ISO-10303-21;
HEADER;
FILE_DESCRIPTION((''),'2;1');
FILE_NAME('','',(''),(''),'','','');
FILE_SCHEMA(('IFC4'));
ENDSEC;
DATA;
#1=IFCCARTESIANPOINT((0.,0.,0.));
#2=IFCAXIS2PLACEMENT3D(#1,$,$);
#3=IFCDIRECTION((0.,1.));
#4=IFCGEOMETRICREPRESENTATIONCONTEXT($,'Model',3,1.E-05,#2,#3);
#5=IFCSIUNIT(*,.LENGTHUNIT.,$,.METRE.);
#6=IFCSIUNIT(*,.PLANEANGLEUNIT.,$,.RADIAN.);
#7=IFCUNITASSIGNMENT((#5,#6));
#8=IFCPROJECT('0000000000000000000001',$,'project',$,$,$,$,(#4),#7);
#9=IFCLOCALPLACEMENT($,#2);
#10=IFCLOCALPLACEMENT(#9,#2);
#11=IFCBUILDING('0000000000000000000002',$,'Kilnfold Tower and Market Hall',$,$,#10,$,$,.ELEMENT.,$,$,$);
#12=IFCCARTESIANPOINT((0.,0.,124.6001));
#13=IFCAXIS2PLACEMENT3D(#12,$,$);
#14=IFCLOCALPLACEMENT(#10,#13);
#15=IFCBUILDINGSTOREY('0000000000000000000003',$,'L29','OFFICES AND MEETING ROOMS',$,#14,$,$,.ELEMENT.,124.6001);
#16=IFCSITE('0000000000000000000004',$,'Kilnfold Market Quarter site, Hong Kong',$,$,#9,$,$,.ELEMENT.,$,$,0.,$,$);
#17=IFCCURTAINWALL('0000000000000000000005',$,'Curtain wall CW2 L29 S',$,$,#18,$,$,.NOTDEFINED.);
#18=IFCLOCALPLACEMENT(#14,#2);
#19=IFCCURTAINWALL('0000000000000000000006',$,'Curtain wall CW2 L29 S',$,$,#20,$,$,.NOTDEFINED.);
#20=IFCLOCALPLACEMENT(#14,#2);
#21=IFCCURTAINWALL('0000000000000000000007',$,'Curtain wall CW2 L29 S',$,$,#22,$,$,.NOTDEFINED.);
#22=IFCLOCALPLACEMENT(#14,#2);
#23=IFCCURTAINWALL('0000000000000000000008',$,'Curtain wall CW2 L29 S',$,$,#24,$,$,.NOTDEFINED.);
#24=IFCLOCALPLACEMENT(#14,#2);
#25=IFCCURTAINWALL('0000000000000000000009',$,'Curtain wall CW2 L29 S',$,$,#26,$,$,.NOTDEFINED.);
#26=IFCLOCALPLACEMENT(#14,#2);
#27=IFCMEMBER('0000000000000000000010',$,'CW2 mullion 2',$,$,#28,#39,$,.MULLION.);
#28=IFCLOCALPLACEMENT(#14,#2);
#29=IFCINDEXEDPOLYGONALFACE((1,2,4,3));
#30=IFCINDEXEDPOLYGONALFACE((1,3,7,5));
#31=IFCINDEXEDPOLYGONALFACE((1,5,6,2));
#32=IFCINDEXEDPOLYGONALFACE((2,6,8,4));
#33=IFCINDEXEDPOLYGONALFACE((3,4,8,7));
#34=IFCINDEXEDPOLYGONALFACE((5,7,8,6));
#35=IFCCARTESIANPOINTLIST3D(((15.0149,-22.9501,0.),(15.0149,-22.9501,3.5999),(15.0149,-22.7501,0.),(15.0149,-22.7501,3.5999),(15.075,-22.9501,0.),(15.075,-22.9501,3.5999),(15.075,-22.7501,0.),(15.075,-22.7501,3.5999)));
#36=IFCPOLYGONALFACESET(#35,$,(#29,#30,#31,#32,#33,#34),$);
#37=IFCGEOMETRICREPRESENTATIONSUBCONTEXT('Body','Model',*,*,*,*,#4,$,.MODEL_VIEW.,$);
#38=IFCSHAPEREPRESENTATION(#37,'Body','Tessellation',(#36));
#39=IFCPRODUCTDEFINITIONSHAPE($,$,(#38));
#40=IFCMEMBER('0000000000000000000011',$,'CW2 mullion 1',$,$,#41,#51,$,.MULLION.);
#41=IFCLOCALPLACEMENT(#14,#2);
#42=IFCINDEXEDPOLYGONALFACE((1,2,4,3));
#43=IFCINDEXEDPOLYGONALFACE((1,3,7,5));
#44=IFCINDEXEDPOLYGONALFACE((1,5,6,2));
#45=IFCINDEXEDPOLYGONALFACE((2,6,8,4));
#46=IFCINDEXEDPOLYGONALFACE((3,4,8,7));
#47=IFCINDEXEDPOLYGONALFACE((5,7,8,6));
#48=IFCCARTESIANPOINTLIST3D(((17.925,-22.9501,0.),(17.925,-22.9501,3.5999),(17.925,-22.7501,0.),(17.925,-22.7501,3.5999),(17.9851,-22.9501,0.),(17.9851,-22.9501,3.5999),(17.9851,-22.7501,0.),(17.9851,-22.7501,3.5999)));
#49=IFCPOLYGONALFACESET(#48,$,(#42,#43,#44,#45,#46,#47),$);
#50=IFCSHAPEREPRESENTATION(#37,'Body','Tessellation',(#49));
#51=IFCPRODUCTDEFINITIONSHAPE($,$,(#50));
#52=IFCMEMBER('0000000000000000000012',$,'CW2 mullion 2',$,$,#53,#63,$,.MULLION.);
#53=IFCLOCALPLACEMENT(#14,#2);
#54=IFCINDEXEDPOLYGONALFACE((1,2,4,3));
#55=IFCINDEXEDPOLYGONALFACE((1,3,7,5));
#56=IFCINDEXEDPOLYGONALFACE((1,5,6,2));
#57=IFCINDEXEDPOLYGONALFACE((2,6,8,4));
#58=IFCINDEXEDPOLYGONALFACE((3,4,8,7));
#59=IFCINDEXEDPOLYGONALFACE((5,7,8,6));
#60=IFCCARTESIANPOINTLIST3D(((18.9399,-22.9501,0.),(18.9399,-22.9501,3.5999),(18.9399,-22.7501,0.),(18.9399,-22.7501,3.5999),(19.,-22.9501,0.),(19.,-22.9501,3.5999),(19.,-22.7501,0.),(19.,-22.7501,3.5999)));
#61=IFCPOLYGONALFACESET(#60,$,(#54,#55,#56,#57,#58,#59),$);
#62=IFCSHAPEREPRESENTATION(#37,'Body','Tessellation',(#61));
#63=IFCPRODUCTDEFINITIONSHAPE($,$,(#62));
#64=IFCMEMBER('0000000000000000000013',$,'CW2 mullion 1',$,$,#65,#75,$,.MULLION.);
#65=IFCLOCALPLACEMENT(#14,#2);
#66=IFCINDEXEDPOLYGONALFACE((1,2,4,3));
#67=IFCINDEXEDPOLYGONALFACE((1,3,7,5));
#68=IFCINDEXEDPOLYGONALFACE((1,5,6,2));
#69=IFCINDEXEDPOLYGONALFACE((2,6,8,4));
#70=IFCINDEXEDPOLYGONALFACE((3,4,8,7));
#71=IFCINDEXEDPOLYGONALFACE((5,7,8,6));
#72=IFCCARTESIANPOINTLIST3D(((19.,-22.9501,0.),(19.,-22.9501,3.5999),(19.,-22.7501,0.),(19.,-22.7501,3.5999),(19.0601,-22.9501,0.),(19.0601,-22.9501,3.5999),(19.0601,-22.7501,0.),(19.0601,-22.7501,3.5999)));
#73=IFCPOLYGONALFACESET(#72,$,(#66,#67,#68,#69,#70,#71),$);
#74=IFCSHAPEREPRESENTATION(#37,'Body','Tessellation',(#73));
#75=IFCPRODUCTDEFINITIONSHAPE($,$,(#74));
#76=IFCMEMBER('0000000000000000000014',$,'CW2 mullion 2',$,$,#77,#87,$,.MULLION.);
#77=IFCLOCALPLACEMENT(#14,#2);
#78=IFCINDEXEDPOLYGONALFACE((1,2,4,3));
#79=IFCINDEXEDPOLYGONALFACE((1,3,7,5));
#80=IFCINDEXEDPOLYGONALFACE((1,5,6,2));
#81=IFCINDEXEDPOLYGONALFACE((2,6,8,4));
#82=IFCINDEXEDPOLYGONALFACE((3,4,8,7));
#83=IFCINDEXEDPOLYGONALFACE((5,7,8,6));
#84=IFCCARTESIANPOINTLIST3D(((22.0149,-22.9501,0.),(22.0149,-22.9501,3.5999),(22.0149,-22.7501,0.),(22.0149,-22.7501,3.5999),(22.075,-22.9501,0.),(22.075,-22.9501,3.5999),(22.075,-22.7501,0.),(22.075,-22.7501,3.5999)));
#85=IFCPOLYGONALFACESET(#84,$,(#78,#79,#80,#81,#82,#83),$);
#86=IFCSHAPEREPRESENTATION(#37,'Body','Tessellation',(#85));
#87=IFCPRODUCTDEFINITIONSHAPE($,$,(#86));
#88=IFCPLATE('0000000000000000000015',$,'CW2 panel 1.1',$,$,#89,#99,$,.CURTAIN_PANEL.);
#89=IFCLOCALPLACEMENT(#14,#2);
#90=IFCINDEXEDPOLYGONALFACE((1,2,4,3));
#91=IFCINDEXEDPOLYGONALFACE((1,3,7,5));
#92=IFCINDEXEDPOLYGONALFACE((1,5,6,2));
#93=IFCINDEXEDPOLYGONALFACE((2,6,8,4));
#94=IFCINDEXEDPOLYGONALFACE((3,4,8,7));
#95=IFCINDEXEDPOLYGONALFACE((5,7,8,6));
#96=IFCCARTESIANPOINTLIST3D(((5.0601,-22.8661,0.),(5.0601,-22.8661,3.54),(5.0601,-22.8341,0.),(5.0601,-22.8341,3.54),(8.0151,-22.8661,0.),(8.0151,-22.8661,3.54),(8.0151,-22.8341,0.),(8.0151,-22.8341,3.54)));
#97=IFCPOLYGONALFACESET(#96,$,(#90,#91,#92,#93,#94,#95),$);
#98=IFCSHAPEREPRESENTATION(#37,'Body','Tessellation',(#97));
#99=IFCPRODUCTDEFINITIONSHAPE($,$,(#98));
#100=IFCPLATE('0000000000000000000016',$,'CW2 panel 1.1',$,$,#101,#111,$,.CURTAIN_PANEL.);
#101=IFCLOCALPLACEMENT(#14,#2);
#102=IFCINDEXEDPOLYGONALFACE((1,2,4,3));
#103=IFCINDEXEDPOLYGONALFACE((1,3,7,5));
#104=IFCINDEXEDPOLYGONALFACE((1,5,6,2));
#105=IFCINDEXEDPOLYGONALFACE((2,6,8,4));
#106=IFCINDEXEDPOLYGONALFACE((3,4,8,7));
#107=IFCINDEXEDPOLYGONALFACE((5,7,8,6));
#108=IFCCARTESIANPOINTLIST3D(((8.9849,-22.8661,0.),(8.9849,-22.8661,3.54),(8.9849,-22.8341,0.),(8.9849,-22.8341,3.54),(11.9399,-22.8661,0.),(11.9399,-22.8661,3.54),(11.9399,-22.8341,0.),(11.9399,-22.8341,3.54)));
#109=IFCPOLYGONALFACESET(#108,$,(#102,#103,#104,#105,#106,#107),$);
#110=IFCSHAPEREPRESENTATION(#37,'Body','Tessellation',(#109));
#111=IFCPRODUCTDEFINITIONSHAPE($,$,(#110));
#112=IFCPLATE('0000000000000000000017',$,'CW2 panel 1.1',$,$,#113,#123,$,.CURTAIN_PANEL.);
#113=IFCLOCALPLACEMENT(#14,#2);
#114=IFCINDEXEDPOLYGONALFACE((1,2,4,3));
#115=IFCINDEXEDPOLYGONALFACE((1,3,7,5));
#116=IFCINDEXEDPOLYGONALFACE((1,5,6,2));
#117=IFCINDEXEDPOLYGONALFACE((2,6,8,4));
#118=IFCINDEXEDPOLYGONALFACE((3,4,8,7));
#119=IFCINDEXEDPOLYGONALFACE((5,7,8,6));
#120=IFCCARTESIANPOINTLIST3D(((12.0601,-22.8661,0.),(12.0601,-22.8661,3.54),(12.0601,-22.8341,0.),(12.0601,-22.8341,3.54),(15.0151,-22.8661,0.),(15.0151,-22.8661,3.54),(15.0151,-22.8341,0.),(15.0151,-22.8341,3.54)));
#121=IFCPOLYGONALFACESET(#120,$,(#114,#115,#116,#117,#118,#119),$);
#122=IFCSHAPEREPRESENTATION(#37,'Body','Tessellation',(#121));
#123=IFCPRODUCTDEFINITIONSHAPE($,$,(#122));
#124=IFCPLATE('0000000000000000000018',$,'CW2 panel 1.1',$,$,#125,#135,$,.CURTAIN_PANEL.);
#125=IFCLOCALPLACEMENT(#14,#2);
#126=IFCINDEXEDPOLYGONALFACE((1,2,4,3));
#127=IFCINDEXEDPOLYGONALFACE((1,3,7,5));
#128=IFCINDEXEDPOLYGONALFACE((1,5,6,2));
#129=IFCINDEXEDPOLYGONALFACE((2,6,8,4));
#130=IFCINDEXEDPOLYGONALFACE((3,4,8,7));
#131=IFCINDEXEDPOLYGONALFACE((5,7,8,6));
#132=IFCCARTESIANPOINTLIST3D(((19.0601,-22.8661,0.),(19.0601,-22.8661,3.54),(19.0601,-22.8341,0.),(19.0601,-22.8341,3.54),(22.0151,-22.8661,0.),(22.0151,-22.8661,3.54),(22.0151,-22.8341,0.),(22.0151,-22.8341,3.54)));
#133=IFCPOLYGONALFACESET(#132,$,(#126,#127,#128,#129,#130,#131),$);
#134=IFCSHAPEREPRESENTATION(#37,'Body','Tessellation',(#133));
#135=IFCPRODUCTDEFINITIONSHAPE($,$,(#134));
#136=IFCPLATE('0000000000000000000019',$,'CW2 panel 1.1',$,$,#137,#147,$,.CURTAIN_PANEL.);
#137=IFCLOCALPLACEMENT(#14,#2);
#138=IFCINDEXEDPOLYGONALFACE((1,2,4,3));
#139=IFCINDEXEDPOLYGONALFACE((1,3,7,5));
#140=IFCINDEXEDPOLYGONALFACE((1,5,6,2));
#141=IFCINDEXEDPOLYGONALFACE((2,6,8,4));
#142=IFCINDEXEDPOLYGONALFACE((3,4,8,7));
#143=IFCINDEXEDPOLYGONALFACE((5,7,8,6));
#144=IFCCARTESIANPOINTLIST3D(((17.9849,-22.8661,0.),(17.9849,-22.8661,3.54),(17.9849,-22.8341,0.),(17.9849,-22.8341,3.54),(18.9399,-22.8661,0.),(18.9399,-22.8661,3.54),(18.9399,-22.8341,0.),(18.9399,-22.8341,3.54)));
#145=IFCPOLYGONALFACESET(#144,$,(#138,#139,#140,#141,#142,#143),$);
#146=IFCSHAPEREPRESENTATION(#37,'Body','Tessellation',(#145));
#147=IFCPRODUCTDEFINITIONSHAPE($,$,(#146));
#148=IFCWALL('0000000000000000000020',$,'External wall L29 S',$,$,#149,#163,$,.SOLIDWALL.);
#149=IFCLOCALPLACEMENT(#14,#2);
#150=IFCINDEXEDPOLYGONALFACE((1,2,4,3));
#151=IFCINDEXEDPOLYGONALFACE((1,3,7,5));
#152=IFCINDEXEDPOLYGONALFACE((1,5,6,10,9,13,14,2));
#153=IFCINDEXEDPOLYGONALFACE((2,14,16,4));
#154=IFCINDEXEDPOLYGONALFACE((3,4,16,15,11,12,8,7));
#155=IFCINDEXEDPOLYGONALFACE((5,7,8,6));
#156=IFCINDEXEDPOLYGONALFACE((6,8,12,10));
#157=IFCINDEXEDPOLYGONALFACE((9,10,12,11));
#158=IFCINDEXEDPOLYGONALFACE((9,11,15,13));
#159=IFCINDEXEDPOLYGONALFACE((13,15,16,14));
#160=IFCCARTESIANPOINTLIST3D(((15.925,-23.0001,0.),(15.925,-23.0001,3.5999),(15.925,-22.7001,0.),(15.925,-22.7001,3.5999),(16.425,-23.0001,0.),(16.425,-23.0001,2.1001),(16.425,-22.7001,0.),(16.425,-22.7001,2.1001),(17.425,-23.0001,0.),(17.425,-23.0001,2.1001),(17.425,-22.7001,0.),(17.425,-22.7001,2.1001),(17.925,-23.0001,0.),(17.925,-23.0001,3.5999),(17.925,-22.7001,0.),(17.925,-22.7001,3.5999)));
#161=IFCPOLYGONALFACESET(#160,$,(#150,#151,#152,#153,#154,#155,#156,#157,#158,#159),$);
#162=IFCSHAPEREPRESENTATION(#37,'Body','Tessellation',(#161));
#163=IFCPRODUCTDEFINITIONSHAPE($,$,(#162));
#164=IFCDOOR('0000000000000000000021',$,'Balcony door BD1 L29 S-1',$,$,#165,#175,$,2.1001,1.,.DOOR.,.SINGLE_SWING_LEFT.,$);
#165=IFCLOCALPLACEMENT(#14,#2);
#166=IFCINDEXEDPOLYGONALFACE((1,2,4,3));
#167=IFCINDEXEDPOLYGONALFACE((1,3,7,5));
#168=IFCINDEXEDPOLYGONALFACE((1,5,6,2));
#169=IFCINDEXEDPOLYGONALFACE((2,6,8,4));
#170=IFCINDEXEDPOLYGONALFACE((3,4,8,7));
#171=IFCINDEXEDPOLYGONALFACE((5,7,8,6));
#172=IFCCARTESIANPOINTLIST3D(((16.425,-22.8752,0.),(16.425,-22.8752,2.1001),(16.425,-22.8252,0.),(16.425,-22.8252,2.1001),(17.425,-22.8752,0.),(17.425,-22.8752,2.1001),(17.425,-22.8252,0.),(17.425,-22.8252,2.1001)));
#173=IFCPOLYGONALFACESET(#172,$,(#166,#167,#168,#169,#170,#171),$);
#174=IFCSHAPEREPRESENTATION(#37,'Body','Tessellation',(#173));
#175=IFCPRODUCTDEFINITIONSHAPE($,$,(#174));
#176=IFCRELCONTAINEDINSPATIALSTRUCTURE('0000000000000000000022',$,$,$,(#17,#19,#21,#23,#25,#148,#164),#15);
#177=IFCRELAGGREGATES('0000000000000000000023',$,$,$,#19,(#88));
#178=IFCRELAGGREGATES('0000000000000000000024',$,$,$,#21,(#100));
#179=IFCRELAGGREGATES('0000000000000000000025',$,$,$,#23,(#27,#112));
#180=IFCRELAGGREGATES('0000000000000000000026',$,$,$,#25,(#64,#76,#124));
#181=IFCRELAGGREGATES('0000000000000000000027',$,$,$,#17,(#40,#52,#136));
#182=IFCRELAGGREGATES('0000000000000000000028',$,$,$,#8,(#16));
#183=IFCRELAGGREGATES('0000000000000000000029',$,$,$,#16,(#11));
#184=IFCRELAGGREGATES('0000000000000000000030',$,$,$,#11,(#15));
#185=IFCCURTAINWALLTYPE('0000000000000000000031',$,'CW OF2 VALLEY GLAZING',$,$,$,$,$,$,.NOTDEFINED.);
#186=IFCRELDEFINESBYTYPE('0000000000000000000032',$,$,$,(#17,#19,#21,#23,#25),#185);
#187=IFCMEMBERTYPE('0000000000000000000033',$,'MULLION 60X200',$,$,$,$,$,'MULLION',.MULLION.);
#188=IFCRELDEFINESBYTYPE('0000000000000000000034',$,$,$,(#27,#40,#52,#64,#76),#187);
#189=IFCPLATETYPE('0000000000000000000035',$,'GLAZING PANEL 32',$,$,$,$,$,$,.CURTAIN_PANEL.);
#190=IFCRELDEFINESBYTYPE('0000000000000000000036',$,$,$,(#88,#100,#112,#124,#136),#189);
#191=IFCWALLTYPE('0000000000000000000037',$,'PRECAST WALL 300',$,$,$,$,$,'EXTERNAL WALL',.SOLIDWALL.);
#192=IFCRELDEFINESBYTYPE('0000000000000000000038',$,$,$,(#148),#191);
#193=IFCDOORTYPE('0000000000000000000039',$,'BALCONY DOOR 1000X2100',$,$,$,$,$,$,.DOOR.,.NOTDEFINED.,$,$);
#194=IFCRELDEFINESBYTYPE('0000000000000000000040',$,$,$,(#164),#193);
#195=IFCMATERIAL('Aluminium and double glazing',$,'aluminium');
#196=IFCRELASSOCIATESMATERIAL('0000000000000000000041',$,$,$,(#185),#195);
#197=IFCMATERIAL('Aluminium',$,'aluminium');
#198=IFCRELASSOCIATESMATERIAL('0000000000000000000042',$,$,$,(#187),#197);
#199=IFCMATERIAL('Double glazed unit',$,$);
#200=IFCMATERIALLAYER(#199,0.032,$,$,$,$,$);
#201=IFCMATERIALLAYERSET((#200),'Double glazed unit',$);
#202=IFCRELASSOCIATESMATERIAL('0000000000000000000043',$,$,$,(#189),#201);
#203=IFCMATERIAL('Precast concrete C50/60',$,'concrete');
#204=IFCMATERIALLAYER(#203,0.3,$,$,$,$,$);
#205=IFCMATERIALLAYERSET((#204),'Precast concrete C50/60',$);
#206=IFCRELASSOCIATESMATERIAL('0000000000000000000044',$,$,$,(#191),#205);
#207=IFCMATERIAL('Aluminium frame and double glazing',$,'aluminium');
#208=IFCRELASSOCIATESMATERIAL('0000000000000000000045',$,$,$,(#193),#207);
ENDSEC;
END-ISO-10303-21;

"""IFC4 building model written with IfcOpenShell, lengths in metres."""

from ifc_helpers import new_model, si_unit, direction, frame, frame_2d, origin, origin_2d, place, context, subcontext, project, spatial, rectangle, extrude, source, transform, mapped, material, layer, layer_set, material_profile, profile_set, type_object, element, fill, aggregate, save


model = new_model("IFC4")

# Units and contexts
model_context = context("Model", 3, precision=1e-05, world=origin(), true_north=direction((0.0, 1.0)))
body_context = subcontext(model_context, "Body", "Model", "MODEL_VIEW")
ifc_project = project(units=[si_unit("LENGTHUNIT", "METRE"), si_unit("PLANEANGLEUNIT", "RADIAN")], contexts=[model_context])

# Site, building, storey
site_placement = place(None, origin())
site = spatial("IfcSite", under=ifc_project, at=site_placement, Name="Kilnfold Market Quarter site, Hong Kong", CompositionType="ELEMENT", RefElevation=0.0)
building_placement = place(site_placement, origin())
building = spatial("IfcBuilding", under=site, at=building_placement, Name="Kilnfold Tower and Market Hall", CompositionType="ELEMENT")
storey_placement = place(building_placement, frame((0.0, 0.0, 124.6001)))
storey = spatial("IfcBuildingStorey", under=building, at=storey_placement, Name="L29", Description="OFFICES AND MEETING ROOMS", CompositionType="ELEMENT", Elevation=124.6001)

# Curtain walls
ifc_material_1 = material(Name="Aluminium and double glazing", Category="aluminium")
curtain_wall_type = type_object("IfcCurtainWallType", Name="CW OF2 VALLEY GLAZING", PredefinedType="NOTDEFINED", material=ifc_material_1)
curtain_wall_1_placement = place(storey_placement, origin())
curtain_wall_1 = element("IfcCurtainWall", 1, at=curtain_wall_1_placement, inside=storey, type_object=curtain_wall_type, Name="Curtain wall CW2 L29 S", PredefinedType="NOTDEFINED")
curtain_wall_2_placement = place(storey_placement, origin())
curtain_wall_2 = element("IfcCurtainWall", 2, at=curtain_wall_2_placement, inside=storey, type_object=curtain_wall_type, Name="Curtain wall CW2 L29 S", PredefinedType="NOTDEFINED")
curtain_wall_3_placement = place(storey_placement, origin())
curtain_wall_3 = element("IfcCurtainWall", 3, at=curtain_wall_3_placement, inside=storey, type_object=curtain_wall_type, Name="Curtain wall CW2 L29 S", PredefinedType="NOTDEFINED")
curtain_wall_4_placement = place(storey_placement, origin())
curtain_wall_4 = element("IfcCurtainWall", 4, at=curtain_wall_4_placement, inside=storey, type_object=curtain_wall_type, Name="Curtain wall CW2 L29 S", PredefinedType="NOTDEFINED")
curtain_wall_5_placement = place(storey_placement, origin())
curtain_wall_5 = element("IfcCurtainWall", 5, at=curtain_wall_5_placement, inside=storey, type_object=curtain_wall_type, Name="Curtain wall CW2 L29 S", PredefinedType="NOTDEFINED")

# Members
ifc_material_2 = material(Name="Aluminium", Category="aluminium")
ifc_material_profile_1 = material_profile(ifc_material_2, rectangle(XDim=0.0601, YDim=0.2, at=origin_2d()), Name="MULLION 60x200")
ifc_profile_set_1 = profile_set([ifc_material_profile_1], Name="Aluminium")
member_type_1 = type_object("IfcMemberType", Name="MULLION 60X200", ElementType="MULLION", PredefinedType="MULLION", material=ifc_profile_set_1)
shared_shape_1 = source(origin(), body_context, "Body", "SweptSolid", [
    extrude(rectangle(XDim=0.0601, YDim=0.2, at=origin_2d()), origin(), (0.0, 0.0, 1.0), 3.5999),
])
member_1_placement = place(storey_placement, frame((15.0449, -22.8501, 0.0), z_axis=(0.0, 0.0, 1.0), x_axis=(1.0, 0.0, 0.0)))
member_1 = element("IfcMember", 6, at=member_1_placement, type_object=member_type_1, Name="CW2 mullion 2", PredefinedType="MULLION", context=body_context, shape_type="MappedRepresentation", body=[
    mapped(shared_shape_1, transform((0.0, 0.0, 0.0))),
])
member_2_placement = place(storey_placement, frame((17.9551, -22.8501, 0.0), z_axis=(0.0, 0.0, 1.0), x_axis=(1.0, 0.0, 0.0)))
member_2 = element("IfcMember", 7, at=member_2_placement, type_object=member_type_1, Name="CW2 mullion 1", PredefinedType="MULLION", context=body_context, shape_type="MappedRepresentation", body=[
    mapped(shared_shape_1, transform((0.0, 0.0, 0.0))),
])
member_3_placement = place(storey_placement, frame((18.97, -22.8501, 0.0), z_axis=(0.0, 0.0, 1.0), x_axis=(1.0, 0.0, 0.0)))
member_3 = element("IfcMember", 8, at=member_3_placement, type_object=member_type_1, Name="CW2 mullion 2", PredefinedType="MULLION", context=body_context, shape_type="MappedRepresentation", body=[
    mapped(shared_shape_1, transform((0.0, 0.0, 0.0))),
])
member_4_placement = place(storey_placement, frame((19.03, -22.8501, 0.0), z_axis=(0.0, 0.0, 1.0), x_axis=(1.0, 0.0, 0.0)))
member_4 = element("IfcMember", 9, at=member_4_placement, type_object=member_type_1, Name="CW2 mullion 1", PredefinedType="MULLION", context=body_context, shape_type="MappedRepresentation", body=[
    mapped(shared_shape_1, transform((0.0, 0.0, 0.0))),
])
member_5_placement = place(storey_placement, frame((22.0449, -22.8501, 0.0), z_axis=(0.0, 0.0, 1.0), x_axis=(1.0, 0.0, 0.0)))
member_5 = element("IfcMember", 10, at=member_5_placement, type_object=member_type_1, Name="CW2 mullion 2", PredefinedType="MULLION", context=body_context, shape_type="MappedRepresentation", body=[
    mapped(shared_shape_1, transform((0.0, 0.0, 0.0))),
])

# Plates
ifc_material_3 = material(Name="Double glazed unit")
ifc_layer_1 = layer(ifc_material_3, 0.032)
ifc_layer_set_1 = layer_set([ifc_layer_1], Name="Double glazed unit")
plate_type = type_object("IfcPlateType", Name="GLAZING PANEL 32", PredefinedType="CURTAIN_PANEL", material=ifc_layer_set_1)
shared_shape_2 = source(origin(), body_context, "Body", "SweptSolid", [
    extrude(rectangle(XDim=2.9551, YDim=0.032, at=origin_2d()), origin(), (0.0, 0.0, 1.0), 3.54),
])
plate_1_placement = place(storey_placement, frame((6.5376, -22.8501, 0.0), z_axis=(0.0, 0.0, 1.0), x_axis=(1.0, 0.0, 0.0)))
plate_1 = element("IfcPlate", 11, at=plate_1_placement, type_object=plate_type, Name="CW2 panel 1.1", PredefinedType="CURTAIN_PANEL", context=body_context, shape_type="MappedRepresentation", body=[
    mapped(shared_shape_2, transform((0.0, 0.0, 0.0))),
])
aggregate(curtain_wall_2, [plate_1])
plate_2_placement = place(storey_placement, frame((10.4624, -22.8501, 0.0), z_axis=(0.0, 0.0, 1.0), x_axis=(1.0, 0.0, 0.0)))
plate_2 = element("IfcPlate", 12, at=plate_2_placement, type_object=plate_type, Name="CW2 panel 1.1", PredefinedType="CURTAIN_PANEL", context=body_context, shape_type="MappedRepresentation", body=[
    mapped(shared_shape_2, transform((0.0, 0.0, 0.0))),
])
aggregate(curtain_wall_3, [plate_2])
plate_3_placement = place(storey_placement, frame((13.5376, -22.8501, 0.0), z_axis=(0.0, 0.0, 1.0), x_axis=(1.0, 0.0, 0.0)))
plate_3 = element("IfcPlate", 13, at=plate_3_placement, type_object=plate_type, Name="CW2 panel 1.1", PredefinedType="CURTAIN_PANEL", context=body_context, shape_type="MappedRepresentation", body=[
    mapped(shared_shape_2, transform((0.0, 0.0, 0.0))),
])
aggregate(curtain_wall_4, [member_1, plate_3])
plate_4_placement = place(storey_placement, frame((20.5376, -22.8501, 0.0), z_axis=(0.0, 0.0, 1.0), x_axis=(1.0, 0.0, 0.0)))
plate_4 = element("IfcPlate", 14, at=plate_4_placement, type_object=plate_type, Name="CW2 panel 1.1", PredefinedType="CURTAIN_PANEL", context=body_context, shape_type="MappedRepresentation", body=[
    mapped(shared_shape_2, transform((0.0, 0.0, 0.0))),
])
aggregate(curtain_wall_5, [member_4, member_5, plate_4])
shared_shape_3 = source(origin(), body_context, "Body", "SweptSolid", [
    extrude(rectangle(XDim=0.9551, YDim=0.032, at=origin_2d()), origin(), (0.0, 0.0, 1.0), 3.54),
])
plate_5_placement = place(storey_placement, frame((18.4624, -22.8501, 0.0), z_axis=(0.0, 0.0, 1.0), x_axis=(1.0, 0.0, 0.0)))
plate_5 = element("IfcPlate", 15, at=plate_5_placement, type_object=plate_type, Name="CW2 panel 1.1", PredefinedType="CURTAIN_PANEL", context=body_context, shape_type="MappedRepresentation", body=[
    mapped(shared_shape_3, transform((0.0, 0.0, 0.0))),
])
aggregate(curtain_wall_1, [member_2, member_3, plate_5])

# Wall, opening, door
ifc_material_4 = material(Name="Precast concrete C50/60", Category="concrete")
ifc_layer_2 = layer(ifc_material_4, 0.3)
ifc_layer_set_2 = layer_set([ifc_layer_2], Name="Precast concrete C50/60")
wall_type = type_object("IfcWallType", Name="PRECAST WALL 300", ElementType="EXTERNAL WALL", PredefinedType="SOLIDWALL", material=ifc_layer_set_2)
shared_shape_4 = source(origin(), body_context, "Body", "SweptSolid", [
    extrude(rectangle(XDim=2.0, YDim=0.3, at=frame_2d((1.0, 0.0))), origin(), (0.0, 0.0, 1.0), 3.5999),
])
wall_placement = place(storey_placement, frame((15.925, -22.8501, 0.0), z_axis=(0.0, 0.0, 1.0), x_axis=(1.0, 0.0, 0.0)))
wall = element("IfcWall", 16, at=wall_placement, inside=storey, type_object=wall_type, Name="External wall L29 S", PredefinedType="SOLIDWALL", context=body_context, shape_type="MappedRepresentation", body=[
    mapped(shared_shape_4, transform((0.0, 0.0, 0.0))),
])
opening_placement = place(wall_placement, frame((0.5, 0.0, 0.0)))
opening = element("IfcOpeningElement", 17, at=opening_placement, cuts=wall, PredefinedType="OPENING", context=body_context, shape_type="SweptSolid", body=[
    extrude(rectangle(XDim=1.0, YDim=2.1001, at=frame_2d((0.5, 1.05))), frame((0.0, 0.1602, 0.0), z_axis=(0.0, -1.0, 0.0), x_axis=(1.0, 0.0, 0.0)), (0.0, 0.0, 1.0), 0.3201),
])
ifc_material_5 = material(Name="Aluminium frame and double glazing", Category="aluminium")
door_type = type_object("IfcDoorType", Name="BALCONY DOOR 1000X2100", OperationType="NOTDEFINED", PredefinedType="DOOR", material=ifc_material_5)
door_placement = place(opening_placement, origin())
door = element("IfcDoor", 18, at=door_placement, inside=storey, type_object=door_type, Name="Balcony door BD1 L29 S-1", OperationType="SINGLE_SWING_LEFT", OverallHeight=2.1001, OverallWidth=1.0, PredefinedType="DOOR", context=body_context, shape_type="SweptSolid", body=[
    extrude(rectangle(XDim=1.0, YDim=2.1001, at=frame_2d((0.5, 1.05))), frame((0.0, 0.0249, 0.0), z_axis=(0.0, -1.0, 0.0), x_axis=(1.0, 0.0, 0.0)), (0.0, 0.0, 1.0), 0.05),
])
fill(opening, door)

save(model, "model.ifc")
